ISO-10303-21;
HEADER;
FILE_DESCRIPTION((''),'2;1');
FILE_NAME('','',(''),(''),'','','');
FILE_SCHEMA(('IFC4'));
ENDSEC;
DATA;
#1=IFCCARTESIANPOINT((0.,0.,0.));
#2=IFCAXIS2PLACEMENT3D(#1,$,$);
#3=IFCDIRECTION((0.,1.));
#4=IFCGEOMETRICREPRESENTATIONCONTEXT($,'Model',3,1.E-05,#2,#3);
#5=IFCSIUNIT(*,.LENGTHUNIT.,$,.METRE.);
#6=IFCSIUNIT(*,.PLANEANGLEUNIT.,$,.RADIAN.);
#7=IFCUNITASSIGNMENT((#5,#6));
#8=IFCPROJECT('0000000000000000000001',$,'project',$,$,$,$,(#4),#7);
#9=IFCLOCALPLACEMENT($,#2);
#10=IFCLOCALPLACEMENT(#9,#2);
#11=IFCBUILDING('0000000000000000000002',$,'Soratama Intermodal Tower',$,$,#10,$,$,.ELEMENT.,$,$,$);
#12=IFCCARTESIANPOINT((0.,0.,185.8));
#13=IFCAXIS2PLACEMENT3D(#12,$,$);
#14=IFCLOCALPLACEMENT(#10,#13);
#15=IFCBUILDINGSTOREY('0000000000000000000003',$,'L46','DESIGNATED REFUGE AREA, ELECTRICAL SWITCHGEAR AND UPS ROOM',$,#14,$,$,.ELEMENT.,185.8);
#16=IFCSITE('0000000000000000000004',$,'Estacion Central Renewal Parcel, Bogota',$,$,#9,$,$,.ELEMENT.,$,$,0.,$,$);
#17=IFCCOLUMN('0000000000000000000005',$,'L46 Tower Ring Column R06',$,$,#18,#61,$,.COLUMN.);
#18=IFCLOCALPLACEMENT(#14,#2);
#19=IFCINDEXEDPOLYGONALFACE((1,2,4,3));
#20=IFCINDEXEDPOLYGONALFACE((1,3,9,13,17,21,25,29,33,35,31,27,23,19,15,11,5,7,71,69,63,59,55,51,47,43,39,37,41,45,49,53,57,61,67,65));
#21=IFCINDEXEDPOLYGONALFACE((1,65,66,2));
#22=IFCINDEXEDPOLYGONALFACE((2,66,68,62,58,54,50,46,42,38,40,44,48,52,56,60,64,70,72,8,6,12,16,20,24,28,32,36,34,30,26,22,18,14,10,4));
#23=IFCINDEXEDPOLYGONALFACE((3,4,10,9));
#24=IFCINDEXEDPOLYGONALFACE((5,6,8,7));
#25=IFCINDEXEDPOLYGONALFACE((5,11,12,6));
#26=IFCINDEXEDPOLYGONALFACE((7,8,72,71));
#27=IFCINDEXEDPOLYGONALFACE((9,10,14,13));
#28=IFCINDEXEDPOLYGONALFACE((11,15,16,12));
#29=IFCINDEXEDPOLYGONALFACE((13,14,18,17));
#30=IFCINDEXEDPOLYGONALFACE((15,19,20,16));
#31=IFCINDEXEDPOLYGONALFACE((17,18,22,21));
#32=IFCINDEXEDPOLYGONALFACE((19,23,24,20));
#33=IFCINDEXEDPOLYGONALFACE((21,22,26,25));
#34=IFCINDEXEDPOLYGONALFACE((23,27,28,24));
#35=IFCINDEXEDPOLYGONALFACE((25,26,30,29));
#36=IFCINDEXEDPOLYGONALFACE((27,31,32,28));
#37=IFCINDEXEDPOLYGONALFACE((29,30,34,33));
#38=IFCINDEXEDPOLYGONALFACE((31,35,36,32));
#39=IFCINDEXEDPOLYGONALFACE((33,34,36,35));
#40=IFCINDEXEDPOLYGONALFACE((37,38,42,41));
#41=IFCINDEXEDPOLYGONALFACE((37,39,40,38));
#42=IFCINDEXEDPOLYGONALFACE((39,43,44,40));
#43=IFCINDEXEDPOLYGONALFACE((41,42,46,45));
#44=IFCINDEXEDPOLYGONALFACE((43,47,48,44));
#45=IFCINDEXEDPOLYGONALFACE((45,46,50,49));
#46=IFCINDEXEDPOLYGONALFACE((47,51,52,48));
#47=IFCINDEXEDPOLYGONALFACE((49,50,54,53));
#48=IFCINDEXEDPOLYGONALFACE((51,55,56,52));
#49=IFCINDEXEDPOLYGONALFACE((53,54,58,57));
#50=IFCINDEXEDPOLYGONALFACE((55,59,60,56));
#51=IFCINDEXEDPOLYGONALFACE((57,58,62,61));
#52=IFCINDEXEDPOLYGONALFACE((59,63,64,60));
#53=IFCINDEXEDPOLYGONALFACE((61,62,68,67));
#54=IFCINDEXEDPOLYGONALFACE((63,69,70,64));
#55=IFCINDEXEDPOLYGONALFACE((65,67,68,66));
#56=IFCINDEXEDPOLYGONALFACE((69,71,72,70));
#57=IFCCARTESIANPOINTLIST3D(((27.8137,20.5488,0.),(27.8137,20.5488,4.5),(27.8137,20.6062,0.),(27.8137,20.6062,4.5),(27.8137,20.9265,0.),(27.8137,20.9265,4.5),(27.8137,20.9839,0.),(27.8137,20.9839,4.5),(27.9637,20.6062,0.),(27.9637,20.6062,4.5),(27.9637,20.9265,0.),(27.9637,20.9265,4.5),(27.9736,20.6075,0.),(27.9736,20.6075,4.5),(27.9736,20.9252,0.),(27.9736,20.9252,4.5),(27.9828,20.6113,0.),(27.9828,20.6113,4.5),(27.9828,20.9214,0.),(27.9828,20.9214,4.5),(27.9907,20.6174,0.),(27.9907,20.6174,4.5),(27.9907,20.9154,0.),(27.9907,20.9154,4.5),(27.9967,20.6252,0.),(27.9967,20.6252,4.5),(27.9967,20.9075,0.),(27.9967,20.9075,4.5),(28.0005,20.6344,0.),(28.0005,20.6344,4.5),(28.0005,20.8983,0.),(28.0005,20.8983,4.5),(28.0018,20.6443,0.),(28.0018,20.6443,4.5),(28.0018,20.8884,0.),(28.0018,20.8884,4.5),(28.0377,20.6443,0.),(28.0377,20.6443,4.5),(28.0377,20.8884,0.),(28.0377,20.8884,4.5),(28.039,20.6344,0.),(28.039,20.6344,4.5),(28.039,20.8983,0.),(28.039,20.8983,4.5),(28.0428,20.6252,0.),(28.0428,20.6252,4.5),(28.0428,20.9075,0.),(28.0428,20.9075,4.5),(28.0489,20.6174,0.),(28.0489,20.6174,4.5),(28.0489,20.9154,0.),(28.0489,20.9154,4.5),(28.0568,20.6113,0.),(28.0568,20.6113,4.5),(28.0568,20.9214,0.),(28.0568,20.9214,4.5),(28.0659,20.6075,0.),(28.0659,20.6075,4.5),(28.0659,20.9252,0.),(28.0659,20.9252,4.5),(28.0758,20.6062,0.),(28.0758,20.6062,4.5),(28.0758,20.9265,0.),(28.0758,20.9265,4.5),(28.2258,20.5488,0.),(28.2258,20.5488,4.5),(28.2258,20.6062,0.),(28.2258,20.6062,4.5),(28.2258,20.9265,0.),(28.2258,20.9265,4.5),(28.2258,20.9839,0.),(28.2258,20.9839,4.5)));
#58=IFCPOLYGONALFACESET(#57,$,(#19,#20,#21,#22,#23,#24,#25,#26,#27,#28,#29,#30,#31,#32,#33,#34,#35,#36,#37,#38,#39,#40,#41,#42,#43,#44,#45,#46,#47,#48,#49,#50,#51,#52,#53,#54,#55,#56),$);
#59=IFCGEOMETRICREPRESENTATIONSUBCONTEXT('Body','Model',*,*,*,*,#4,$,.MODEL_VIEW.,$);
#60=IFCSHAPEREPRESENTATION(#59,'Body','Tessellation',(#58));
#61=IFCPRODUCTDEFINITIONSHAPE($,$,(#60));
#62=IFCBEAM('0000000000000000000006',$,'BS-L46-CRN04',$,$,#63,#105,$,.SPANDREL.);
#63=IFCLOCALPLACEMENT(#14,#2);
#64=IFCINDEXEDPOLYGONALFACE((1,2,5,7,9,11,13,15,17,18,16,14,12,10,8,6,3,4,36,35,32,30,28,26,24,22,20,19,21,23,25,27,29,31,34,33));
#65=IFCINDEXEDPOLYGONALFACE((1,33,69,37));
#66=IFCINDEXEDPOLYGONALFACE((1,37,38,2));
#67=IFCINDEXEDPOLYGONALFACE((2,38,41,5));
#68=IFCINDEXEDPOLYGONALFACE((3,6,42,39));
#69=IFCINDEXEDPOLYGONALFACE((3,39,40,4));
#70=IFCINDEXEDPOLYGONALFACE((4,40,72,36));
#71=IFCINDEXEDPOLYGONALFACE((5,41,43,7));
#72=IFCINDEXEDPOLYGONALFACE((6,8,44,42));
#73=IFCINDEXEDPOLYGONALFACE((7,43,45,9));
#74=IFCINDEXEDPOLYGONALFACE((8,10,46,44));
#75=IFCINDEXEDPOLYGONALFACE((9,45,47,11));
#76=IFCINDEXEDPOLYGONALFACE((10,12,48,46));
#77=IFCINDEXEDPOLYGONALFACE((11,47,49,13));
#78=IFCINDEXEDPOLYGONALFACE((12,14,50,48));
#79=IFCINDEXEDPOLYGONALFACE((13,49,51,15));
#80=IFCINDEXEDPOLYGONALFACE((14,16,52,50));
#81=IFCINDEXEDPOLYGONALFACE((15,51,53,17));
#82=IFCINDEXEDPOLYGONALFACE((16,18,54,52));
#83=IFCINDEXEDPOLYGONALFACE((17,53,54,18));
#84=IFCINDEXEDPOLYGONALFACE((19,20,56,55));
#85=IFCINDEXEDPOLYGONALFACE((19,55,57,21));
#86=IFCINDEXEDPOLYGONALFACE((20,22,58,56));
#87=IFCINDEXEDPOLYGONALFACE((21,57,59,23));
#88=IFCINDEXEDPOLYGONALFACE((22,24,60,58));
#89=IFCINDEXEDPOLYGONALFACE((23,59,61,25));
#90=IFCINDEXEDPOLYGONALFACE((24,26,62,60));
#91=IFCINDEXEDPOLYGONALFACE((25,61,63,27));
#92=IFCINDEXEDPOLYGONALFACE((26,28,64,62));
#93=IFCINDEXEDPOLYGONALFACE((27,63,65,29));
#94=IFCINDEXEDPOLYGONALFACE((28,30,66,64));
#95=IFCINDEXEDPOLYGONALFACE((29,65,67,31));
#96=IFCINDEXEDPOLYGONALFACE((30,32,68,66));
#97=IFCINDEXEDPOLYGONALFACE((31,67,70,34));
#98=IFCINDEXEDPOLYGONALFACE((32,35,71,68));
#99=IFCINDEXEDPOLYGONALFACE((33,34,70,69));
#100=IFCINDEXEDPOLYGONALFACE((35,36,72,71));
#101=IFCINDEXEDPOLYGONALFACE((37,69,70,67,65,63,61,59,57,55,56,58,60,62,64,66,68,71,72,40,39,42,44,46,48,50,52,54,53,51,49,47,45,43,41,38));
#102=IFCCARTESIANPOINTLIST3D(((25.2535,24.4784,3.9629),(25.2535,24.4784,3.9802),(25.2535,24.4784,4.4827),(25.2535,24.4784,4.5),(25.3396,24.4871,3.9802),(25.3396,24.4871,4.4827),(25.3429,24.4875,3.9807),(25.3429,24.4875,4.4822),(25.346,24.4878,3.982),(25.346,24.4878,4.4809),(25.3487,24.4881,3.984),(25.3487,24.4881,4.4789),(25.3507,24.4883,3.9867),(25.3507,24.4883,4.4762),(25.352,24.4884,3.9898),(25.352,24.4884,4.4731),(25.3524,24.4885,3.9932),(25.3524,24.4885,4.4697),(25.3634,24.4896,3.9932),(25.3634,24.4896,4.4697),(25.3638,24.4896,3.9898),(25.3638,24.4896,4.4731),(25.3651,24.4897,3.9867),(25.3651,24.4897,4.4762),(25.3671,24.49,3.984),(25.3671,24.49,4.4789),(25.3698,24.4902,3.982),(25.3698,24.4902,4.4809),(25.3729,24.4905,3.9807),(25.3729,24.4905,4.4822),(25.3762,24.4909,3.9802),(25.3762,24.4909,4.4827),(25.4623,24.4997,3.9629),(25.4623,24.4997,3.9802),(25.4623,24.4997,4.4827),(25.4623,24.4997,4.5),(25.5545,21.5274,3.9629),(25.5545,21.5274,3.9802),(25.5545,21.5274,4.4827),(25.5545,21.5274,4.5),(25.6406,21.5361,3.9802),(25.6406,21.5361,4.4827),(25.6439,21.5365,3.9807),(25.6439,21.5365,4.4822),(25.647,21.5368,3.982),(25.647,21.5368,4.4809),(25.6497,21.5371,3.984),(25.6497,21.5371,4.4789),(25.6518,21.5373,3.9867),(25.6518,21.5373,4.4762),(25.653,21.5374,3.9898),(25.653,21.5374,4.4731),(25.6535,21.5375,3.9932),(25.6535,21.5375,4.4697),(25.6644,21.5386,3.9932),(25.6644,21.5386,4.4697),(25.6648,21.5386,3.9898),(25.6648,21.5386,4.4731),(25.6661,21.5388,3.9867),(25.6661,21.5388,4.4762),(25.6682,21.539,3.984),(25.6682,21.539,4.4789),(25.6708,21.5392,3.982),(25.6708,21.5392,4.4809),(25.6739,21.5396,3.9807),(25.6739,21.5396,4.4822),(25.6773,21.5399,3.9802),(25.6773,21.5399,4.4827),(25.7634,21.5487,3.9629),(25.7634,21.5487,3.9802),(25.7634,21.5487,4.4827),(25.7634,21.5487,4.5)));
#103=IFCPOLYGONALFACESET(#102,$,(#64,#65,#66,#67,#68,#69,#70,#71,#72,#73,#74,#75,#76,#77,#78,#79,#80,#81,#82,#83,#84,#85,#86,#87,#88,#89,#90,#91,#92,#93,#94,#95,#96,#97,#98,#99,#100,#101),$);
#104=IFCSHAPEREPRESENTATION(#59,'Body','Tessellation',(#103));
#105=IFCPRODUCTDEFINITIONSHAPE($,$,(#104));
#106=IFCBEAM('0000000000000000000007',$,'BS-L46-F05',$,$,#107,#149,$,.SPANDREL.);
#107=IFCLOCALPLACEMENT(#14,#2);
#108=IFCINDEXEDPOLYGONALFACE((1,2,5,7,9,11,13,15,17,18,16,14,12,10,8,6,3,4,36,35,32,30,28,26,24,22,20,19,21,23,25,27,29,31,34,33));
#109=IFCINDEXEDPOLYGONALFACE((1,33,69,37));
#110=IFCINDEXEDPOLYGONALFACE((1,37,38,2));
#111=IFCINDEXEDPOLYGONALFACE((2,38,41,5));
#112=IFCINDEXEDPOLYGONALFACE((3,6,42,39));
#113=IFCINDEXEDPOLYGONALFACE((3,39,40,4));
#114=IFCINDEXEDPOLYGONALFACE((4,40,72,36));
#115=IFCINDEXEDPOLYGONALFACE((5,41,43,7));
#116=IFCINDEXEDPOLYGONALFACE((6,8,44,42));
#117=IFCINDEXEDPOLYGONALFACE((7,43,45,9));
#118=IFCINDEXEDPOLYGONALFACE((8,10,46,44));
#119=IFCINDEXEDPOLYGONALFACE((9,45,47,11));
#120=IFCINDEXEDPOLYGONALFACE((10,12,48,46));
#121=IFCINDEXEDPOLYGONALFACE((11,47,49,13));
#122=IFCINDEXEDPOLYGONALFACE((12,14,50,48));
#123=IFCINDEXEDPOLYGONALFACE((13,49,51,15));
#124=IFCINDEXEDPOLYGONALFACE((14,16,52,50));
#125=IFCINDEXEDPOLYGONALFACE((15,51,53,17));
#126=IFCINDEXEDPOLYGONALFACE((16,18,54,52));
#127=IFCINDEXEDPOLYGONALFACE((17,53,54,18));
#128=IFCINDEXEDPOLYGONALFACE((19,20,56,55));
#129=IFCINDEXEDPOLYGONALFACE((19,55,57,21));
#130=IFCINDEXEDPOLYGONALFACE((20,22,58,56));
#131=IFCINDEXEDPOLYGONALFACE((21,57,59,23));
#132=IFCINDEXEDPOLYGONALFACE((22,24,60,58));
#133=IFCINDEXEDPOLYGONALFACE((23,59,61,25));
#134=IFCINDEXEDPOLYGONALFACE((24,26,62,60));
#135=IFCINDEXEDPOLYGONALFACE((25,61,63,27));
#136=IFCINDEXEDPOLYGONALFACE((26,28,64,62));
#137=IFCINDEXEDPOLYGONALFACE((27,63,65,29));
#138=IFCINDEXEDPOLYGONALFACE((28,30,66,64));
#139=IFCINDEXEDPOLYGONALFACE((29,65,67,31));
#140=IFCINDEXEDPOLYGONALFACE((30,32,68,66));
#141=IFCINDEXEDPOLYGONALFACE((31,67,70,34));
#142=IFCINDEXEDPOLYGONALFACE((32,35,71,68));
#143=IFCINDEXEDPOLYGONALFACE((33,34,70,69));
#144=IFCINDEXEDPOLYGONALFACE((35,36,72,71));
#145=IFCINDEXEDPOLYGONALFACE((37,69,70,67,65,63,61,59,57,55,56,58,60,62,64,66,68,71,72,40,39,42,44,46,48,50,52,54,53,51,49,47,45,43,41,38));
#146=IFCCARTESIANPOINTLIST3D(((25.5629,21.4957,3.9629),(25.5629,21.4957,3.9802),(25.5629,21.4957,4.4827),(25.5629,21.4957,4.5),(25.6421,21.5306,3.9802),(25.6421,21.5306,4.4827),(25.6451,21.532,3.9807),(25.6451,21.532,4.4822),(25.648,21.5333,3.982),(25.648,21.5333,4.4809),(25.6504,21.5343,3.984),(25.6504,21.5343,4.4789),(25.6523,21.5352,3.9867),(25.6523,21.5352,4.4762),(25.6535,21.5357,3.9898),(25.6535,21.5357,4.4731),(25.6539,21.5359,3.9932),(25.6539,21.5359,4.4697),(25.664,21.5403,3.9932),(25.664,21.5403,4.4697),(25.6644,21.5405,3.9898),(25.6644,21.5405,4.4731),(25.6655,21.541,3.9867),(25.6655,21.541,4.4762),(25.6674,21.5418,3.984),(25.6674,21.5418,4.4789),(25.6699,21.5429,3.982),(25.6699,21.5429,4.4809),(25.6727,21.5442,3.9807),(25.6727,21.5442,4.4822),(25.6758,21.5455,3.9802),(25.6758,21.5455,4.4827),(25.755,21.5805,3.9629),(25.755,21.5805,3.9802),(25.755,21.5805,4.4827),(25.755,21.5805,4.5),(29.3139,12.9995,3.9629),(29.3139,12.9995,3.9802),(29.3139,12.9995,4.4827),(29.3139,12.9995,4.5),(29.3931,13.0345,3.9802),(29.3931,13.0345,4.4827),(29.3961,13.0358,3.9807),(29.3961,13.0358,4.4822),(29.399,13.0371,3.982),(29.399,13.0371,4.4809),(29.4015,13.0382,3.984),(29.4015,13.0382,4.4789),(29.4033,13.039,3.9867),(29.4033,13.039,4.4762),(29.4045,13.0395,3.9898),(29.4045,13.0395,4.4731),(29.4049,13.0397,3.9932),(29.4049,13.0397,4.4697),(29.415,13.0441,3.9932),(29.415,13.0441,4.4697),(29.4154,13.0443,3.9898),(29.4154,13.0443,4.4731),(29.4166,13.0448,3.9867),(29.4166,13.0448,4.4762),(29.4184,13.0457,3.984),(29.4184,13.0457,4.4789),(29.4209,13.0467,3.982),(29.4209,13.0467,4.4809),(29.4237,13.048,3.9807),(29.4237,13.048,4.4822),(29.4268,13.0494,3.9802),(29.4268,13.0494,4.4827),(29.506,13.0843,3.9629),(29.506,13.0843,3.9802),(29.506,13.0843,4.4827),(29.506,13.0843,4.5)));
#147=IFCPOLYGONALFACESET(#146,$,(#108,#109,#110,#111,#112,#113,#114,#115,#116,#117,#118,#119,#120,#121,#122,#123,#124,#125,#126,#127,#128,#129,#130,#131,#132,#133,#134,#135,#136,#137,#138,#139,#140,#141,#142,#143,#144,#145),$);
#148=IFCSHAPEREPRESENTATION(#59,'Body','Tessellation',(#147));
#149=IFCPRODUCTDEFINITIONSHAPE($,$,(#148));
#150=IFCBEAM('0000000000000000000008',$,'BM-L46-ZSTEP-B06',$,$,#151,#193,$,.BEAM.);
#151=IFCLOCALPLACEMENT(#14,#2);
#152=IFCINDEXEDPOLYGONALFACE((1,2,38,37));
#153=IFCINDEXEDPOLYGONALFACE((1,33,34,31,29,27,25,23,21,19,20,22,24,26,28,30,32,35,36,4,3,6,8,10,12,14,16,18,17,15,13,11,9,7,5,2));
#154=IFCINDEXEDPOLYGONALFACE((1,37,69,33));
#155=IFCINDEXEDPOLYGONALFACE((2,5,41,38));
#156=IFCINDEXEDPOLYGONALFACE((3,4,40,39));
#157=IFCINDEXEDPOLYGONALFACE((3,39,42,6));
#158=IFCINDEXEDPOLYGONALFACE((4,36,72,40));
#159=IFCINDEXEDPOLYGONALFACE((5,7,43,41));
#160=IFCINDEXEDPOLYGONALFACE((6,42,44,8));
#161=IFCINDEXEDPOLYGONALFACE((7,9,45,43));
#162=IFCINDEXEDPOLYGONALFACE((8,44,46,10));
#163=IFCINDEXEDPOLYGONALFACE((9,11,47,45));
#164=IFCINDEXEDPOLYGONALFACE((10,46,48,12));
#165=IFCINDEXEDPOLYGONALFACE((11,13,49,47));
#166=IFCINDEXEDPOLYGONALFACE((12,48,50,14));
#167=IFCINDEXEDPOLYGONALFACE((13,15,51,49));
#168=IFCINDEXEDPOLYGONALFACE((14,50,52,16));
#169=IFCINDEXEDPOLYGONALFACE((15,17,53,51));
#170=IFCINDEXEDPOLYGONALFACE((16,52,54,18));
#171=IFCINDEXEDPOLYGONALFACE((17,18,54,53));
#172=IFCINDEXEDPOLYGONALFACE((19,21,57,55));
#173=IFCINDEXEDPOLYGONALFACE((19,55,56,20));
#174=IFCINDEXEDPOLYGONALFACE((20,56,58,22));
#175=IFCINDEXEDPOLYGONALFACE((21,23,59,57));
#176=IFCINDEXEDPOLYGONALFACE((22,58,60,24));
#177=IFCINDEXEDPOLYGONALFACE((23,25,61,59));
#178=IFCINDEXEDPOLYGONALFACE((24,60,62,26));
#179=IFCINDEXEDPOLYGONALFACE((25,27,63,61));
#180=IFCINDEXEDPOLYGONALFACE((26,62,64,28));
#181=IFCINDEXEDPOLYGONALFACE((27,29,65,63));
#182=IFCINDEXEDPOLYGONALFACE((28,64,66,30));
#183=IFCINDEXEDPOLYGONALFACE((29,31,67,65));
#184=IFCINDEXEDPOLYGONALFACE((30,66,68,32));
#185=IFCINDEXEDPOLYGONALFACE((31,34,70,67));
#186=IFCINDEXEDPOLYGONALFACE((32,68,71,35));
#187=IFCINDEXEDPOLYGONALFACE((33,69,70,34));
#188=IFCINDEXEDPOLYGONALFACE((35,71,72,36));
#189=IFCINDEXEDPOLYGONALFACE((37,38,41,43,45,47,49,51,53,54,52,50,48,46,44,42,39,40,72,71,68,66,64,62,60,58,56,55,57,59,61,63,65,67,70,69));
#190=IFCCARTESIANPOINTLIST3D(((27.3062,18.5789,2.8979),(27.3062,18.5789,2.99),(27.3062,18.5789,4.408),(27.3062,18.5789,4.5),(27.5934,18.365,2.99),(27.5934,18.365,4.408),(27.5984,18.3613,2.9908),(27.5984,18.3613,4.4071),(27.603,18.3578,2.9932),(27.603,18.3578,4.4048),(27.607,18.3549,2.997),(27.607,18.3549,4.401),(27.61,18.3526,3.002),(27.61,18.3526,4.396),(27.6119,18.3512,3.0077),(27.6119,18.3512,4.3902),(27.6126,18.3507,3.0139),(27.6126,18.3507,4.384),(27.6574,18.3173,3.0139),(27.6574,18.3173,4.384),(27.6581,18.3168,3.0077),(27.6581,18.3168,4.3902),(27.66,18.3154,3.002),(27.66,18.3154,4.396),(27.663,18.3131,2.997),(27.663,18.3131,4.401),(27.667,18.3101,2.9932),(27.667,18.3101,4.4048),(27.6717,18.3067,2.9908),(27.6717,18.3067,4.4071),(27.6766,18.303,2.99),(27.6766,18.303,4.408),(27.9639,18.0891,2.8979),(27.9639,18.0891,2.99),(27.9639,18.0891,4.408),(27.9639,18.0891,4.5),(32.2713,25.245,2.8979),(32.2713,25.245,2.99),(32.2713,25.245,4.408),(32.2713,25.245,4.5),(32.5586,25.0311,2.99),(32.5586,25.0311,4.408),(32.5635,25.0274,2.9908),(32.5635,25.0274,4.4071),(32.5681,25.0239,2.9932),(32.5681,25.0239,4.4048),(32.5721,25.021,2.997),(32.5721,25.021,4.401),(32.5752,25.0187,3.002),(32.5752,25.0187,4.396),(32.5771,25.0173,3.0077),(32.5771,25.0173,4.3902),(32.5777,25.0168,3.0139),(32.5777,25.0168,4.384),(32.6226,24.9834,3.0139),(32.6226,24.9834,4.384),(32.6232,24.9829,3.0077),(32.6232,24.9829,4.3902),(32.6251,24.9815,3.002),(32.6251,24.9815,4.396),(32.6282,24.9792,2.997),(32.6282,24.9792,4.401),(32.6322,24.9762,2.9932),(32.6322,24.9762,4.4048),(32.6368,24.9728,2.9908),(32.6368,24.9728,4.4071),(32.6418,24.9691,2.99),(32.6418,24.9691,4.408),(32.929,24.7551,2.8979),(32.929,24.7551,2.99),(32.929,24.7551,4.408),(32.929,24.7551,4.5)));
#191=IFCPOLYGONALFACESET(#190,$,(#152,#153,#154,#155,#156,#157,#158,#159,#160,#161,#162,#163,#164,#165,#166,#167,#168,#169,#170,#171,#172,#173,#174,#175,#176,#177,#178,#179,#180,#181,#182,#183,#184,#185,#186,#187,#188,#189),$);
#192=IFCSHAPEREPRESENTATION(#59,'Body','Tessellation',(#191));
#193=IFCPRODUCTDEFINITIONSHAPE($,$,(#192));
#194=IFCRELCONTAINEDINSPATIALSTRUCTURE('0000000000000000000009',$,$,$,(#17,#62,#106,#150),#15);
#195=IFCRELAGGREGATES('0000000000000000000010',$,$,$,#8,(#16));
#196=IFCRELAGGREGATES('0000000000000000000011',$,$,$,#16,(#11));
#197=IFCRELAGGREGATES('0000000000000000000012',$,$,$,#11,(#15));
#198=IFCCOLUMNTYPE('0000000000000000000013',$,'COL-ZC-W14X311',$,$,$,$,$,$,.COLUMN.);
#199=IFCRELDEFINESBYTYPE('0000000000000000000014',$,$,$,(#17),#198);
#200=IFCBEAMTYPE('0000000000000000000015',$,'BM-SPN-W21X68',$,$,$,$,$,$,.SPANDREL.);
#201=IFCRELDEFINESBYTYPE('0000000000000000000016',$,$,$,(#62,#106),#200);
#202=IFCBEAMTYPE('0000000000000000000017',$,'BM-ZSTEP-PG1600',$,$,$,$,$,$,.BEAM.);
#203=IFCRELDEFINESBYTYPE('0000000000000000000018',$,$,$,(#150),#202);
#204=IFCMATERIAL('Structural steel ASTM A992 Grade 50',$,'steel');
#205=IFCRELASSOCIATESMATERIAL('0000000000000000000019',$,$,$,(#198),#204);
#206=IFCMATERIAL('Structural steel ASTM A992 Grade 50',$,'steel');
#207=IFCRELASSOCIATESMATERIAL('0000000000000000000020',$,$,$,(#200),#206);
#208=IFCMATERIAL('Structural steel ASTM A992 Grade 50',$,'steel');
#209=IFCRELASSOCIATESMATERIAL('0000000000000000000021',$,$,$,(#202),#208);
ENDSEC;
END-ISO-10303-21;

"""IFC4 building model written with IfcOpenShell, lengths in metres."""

from ifc_helpers import new_model, si_unit, direction, frame, origin, origin_2d, place, context, subcontext, project, spatial, i_section, extrude, material, material_profile, profile_set, type_object, element, save


model = new_model("IFC4")

# Units and contexts
model_context = context("Model", 3, precision=1e-05, world=origin(), true_north=direction((0.0, 1.0)))
body_context = subcontext(model_context, "Body", "Model", "MODEL_VIEW")
ifc_project = project(units=[si_unit("LENGTHUNIT", "METRE"), si_unit("PLANEANGLEUNIT", "RADIAN")], contexts=[model_context])

# Site, building, storey
site_placement = place(None, origin())
site = spatial("IfcSite", under=ifc_project, at=site_placement, Name="Estacion Central Renewal Parcel, Bogota", CompositionType="ELEMENT", RefElevation=0.0)
building_placement = place(site_placement, origin())
building = spatial("IfcBuilding", under=site, at=building_placement, Name="Soratama Intermodal Tower", CompositionType="ELEMENT")
storey_placement = place(building_placement, frame((0.0, 0.0, 185.8)))
storey = spatial("IfcBuildingStorey", under=building, at=storey_placement, Name="L46", Description="DESIGNATED REFUGE AREA, ELECTRICAL SWITCHGEAR AND UPS ROOM", CompositionType="ELEMENT", Elevation=185.8)

# Column
ifc_material_1 = material(Name="Structural steel ASTM A992 Grade 50", Category="steel")
ifc_material_profile_1 = material_profile(ifc_material_1, i_section(OverallWidth=0.4121, OverallDepth=0.4351, WebThickness=0.0359, FlangeThickness=0.0574, FilletRadius=0.0381, at=origin_2d()), Name="W14X311")
ifc_profile_set_1 = profile_set([ifc_material_profile_1], Name="Structural steel ASTM A992 Grade 50")
column_type = type_object("IfcColumnType", Name="COL-ZC-W14X311", PredefinedType="COLUMN", material=ifc_profile_set_1)
column_placement = place(storey_placement, frame((28.0198, 20.7664, 0.0), z_axis=(0.0, 0.0, 1.0), x_axis=(1.0, 0.0, 0.0)))
element("IfcColumn", 1, at=column_placement, inside=storey, type_object=column_type, Name="L46 Tower Ring Column R06", PredefinedType="COLUMN", context=body_context, shape_type="SweptSolid", body=[
    extrude(i_section(OverallWidth=0.4121, OverallDepth=0.4351, WebThickness=0.0359, FlangeThickness=0.0574, FilletRadius=0.0381, at=origin_2d()), origin(), (0.0, 0.0, 1.0), 4.5),
])

# Beams
ifc_material_2 = material(Name="Structural steel ASTM A992 Grade 50", Category="steel")
ifc_material_profile_2 = material_profile(ifc_material_2, i_section(OverallWidth=0.21, OverallDepth=0.5371, WebThickness=0.011, FlangeThickness=0.0173, FilletRadius=0.0129, at=origin_2d()), Name="W21X68")
ifc_profile_set_2 = profile_set([ifc_material_profile_2], Name="Structural steel ASTM A992 Grade 50")
beam_type_1 = type_object("IfcBeamType", Name="BM-SPN-W21X68", PredefinedType="SPANDREL", material=ifc_profile_set_2)
beam_1_placement = place(storey_placement, frame((25.3579, 24.489, 4.2314), z_axis=(0.101484, -0.994837, 0.0), x_axis=(0.994837, 0.101484, 0.0)))
element("IfcBeam", 2, at=beam_1_placement, inside=storey, type_object=beam_type_1, Name="BS-L46-CRN04", PredefinedType="SPANDREL", context=body_context, shape_type="SweptSolid", body=[
    extrude(i_section(OverallWidth=0.21, OverallDepth=0.5371, WebThickness=0.011, FlangeThickness=0.0173, FilletRadius=0.0129, at=origin_2d()), origin(), (0.0, 0.0, 1.0), 2.9663),
])
beam_2_placement = place(storey_placement, frame((25.6589, 21.5381, 4.2314), z_axis=(0.403884, -0.91481, 0.0), x_axis=(0.91481, 0.403884, 0.0)))
element("IfcBeam", 3, at=beam_2_placement, inside=storey, type_object=beam_type_1, Name="BS-L46-F05", PredefinedType="SPANDREL", context=body_context, shape_type="SweptSolid", body=[
    extrude(i_section(OverallWidth=0.21, OverallDepth=0.5371, WebThickness=0.011, FlangeThickness=0.0173, FilletRadius=0.0129, at=origin_2d()), origin(), (0.0, 0.0, 1.0), 9.2874),
])
ifc_material_3 = material(Name="Structural steel ASTM A992 Grade 50", Category="steel")
ifc_material_profile_3 = material_profile(ifc_material_3, i_section(OverallWidth=0.8201, OverallDepth=1.6021, WebThickness=0.0559, FlangeThickness=0.092, FilletRadius=0.0239, at=origin_2d()), Name="PG1600X650")
ifc_profile_set_3 = profile_set([ifc_material_profile_3], Name="Structural steel ASTM A992 Grade 50")
beam_type_2 = type_object("IfcBeamType", Name="BM-ZSTEP-PG1600", PredefinedType="BEAM", material=ifc_profile_set_3)
beam_3_placement = place(storey_placement, frame((27.635, 18.334, 3.699), z_axis=(0.597346, 0.801984, 0.0), x_axis=(-0.801984, 0.597346, 0.0)))
element("IfcBeam", 4, at=beam_3_placement, inside=storey, type_object=beam_type_2, Name="BM-L46-ZSTEP-B06", PredefinedType="BEAM", context=body_context, shape_type="SweptSolid", body=[
    extrude(i_section(OverallWidth=0.8201, OverallDepth=1.6021, WebThickness=0.0559, FlangeThickness=0.092, FilletRadius=0.0239, at=origin_2d()), origin(), (0.0, 0.0, 1.0), 8.312),
])

save(model, "model.ifc")
